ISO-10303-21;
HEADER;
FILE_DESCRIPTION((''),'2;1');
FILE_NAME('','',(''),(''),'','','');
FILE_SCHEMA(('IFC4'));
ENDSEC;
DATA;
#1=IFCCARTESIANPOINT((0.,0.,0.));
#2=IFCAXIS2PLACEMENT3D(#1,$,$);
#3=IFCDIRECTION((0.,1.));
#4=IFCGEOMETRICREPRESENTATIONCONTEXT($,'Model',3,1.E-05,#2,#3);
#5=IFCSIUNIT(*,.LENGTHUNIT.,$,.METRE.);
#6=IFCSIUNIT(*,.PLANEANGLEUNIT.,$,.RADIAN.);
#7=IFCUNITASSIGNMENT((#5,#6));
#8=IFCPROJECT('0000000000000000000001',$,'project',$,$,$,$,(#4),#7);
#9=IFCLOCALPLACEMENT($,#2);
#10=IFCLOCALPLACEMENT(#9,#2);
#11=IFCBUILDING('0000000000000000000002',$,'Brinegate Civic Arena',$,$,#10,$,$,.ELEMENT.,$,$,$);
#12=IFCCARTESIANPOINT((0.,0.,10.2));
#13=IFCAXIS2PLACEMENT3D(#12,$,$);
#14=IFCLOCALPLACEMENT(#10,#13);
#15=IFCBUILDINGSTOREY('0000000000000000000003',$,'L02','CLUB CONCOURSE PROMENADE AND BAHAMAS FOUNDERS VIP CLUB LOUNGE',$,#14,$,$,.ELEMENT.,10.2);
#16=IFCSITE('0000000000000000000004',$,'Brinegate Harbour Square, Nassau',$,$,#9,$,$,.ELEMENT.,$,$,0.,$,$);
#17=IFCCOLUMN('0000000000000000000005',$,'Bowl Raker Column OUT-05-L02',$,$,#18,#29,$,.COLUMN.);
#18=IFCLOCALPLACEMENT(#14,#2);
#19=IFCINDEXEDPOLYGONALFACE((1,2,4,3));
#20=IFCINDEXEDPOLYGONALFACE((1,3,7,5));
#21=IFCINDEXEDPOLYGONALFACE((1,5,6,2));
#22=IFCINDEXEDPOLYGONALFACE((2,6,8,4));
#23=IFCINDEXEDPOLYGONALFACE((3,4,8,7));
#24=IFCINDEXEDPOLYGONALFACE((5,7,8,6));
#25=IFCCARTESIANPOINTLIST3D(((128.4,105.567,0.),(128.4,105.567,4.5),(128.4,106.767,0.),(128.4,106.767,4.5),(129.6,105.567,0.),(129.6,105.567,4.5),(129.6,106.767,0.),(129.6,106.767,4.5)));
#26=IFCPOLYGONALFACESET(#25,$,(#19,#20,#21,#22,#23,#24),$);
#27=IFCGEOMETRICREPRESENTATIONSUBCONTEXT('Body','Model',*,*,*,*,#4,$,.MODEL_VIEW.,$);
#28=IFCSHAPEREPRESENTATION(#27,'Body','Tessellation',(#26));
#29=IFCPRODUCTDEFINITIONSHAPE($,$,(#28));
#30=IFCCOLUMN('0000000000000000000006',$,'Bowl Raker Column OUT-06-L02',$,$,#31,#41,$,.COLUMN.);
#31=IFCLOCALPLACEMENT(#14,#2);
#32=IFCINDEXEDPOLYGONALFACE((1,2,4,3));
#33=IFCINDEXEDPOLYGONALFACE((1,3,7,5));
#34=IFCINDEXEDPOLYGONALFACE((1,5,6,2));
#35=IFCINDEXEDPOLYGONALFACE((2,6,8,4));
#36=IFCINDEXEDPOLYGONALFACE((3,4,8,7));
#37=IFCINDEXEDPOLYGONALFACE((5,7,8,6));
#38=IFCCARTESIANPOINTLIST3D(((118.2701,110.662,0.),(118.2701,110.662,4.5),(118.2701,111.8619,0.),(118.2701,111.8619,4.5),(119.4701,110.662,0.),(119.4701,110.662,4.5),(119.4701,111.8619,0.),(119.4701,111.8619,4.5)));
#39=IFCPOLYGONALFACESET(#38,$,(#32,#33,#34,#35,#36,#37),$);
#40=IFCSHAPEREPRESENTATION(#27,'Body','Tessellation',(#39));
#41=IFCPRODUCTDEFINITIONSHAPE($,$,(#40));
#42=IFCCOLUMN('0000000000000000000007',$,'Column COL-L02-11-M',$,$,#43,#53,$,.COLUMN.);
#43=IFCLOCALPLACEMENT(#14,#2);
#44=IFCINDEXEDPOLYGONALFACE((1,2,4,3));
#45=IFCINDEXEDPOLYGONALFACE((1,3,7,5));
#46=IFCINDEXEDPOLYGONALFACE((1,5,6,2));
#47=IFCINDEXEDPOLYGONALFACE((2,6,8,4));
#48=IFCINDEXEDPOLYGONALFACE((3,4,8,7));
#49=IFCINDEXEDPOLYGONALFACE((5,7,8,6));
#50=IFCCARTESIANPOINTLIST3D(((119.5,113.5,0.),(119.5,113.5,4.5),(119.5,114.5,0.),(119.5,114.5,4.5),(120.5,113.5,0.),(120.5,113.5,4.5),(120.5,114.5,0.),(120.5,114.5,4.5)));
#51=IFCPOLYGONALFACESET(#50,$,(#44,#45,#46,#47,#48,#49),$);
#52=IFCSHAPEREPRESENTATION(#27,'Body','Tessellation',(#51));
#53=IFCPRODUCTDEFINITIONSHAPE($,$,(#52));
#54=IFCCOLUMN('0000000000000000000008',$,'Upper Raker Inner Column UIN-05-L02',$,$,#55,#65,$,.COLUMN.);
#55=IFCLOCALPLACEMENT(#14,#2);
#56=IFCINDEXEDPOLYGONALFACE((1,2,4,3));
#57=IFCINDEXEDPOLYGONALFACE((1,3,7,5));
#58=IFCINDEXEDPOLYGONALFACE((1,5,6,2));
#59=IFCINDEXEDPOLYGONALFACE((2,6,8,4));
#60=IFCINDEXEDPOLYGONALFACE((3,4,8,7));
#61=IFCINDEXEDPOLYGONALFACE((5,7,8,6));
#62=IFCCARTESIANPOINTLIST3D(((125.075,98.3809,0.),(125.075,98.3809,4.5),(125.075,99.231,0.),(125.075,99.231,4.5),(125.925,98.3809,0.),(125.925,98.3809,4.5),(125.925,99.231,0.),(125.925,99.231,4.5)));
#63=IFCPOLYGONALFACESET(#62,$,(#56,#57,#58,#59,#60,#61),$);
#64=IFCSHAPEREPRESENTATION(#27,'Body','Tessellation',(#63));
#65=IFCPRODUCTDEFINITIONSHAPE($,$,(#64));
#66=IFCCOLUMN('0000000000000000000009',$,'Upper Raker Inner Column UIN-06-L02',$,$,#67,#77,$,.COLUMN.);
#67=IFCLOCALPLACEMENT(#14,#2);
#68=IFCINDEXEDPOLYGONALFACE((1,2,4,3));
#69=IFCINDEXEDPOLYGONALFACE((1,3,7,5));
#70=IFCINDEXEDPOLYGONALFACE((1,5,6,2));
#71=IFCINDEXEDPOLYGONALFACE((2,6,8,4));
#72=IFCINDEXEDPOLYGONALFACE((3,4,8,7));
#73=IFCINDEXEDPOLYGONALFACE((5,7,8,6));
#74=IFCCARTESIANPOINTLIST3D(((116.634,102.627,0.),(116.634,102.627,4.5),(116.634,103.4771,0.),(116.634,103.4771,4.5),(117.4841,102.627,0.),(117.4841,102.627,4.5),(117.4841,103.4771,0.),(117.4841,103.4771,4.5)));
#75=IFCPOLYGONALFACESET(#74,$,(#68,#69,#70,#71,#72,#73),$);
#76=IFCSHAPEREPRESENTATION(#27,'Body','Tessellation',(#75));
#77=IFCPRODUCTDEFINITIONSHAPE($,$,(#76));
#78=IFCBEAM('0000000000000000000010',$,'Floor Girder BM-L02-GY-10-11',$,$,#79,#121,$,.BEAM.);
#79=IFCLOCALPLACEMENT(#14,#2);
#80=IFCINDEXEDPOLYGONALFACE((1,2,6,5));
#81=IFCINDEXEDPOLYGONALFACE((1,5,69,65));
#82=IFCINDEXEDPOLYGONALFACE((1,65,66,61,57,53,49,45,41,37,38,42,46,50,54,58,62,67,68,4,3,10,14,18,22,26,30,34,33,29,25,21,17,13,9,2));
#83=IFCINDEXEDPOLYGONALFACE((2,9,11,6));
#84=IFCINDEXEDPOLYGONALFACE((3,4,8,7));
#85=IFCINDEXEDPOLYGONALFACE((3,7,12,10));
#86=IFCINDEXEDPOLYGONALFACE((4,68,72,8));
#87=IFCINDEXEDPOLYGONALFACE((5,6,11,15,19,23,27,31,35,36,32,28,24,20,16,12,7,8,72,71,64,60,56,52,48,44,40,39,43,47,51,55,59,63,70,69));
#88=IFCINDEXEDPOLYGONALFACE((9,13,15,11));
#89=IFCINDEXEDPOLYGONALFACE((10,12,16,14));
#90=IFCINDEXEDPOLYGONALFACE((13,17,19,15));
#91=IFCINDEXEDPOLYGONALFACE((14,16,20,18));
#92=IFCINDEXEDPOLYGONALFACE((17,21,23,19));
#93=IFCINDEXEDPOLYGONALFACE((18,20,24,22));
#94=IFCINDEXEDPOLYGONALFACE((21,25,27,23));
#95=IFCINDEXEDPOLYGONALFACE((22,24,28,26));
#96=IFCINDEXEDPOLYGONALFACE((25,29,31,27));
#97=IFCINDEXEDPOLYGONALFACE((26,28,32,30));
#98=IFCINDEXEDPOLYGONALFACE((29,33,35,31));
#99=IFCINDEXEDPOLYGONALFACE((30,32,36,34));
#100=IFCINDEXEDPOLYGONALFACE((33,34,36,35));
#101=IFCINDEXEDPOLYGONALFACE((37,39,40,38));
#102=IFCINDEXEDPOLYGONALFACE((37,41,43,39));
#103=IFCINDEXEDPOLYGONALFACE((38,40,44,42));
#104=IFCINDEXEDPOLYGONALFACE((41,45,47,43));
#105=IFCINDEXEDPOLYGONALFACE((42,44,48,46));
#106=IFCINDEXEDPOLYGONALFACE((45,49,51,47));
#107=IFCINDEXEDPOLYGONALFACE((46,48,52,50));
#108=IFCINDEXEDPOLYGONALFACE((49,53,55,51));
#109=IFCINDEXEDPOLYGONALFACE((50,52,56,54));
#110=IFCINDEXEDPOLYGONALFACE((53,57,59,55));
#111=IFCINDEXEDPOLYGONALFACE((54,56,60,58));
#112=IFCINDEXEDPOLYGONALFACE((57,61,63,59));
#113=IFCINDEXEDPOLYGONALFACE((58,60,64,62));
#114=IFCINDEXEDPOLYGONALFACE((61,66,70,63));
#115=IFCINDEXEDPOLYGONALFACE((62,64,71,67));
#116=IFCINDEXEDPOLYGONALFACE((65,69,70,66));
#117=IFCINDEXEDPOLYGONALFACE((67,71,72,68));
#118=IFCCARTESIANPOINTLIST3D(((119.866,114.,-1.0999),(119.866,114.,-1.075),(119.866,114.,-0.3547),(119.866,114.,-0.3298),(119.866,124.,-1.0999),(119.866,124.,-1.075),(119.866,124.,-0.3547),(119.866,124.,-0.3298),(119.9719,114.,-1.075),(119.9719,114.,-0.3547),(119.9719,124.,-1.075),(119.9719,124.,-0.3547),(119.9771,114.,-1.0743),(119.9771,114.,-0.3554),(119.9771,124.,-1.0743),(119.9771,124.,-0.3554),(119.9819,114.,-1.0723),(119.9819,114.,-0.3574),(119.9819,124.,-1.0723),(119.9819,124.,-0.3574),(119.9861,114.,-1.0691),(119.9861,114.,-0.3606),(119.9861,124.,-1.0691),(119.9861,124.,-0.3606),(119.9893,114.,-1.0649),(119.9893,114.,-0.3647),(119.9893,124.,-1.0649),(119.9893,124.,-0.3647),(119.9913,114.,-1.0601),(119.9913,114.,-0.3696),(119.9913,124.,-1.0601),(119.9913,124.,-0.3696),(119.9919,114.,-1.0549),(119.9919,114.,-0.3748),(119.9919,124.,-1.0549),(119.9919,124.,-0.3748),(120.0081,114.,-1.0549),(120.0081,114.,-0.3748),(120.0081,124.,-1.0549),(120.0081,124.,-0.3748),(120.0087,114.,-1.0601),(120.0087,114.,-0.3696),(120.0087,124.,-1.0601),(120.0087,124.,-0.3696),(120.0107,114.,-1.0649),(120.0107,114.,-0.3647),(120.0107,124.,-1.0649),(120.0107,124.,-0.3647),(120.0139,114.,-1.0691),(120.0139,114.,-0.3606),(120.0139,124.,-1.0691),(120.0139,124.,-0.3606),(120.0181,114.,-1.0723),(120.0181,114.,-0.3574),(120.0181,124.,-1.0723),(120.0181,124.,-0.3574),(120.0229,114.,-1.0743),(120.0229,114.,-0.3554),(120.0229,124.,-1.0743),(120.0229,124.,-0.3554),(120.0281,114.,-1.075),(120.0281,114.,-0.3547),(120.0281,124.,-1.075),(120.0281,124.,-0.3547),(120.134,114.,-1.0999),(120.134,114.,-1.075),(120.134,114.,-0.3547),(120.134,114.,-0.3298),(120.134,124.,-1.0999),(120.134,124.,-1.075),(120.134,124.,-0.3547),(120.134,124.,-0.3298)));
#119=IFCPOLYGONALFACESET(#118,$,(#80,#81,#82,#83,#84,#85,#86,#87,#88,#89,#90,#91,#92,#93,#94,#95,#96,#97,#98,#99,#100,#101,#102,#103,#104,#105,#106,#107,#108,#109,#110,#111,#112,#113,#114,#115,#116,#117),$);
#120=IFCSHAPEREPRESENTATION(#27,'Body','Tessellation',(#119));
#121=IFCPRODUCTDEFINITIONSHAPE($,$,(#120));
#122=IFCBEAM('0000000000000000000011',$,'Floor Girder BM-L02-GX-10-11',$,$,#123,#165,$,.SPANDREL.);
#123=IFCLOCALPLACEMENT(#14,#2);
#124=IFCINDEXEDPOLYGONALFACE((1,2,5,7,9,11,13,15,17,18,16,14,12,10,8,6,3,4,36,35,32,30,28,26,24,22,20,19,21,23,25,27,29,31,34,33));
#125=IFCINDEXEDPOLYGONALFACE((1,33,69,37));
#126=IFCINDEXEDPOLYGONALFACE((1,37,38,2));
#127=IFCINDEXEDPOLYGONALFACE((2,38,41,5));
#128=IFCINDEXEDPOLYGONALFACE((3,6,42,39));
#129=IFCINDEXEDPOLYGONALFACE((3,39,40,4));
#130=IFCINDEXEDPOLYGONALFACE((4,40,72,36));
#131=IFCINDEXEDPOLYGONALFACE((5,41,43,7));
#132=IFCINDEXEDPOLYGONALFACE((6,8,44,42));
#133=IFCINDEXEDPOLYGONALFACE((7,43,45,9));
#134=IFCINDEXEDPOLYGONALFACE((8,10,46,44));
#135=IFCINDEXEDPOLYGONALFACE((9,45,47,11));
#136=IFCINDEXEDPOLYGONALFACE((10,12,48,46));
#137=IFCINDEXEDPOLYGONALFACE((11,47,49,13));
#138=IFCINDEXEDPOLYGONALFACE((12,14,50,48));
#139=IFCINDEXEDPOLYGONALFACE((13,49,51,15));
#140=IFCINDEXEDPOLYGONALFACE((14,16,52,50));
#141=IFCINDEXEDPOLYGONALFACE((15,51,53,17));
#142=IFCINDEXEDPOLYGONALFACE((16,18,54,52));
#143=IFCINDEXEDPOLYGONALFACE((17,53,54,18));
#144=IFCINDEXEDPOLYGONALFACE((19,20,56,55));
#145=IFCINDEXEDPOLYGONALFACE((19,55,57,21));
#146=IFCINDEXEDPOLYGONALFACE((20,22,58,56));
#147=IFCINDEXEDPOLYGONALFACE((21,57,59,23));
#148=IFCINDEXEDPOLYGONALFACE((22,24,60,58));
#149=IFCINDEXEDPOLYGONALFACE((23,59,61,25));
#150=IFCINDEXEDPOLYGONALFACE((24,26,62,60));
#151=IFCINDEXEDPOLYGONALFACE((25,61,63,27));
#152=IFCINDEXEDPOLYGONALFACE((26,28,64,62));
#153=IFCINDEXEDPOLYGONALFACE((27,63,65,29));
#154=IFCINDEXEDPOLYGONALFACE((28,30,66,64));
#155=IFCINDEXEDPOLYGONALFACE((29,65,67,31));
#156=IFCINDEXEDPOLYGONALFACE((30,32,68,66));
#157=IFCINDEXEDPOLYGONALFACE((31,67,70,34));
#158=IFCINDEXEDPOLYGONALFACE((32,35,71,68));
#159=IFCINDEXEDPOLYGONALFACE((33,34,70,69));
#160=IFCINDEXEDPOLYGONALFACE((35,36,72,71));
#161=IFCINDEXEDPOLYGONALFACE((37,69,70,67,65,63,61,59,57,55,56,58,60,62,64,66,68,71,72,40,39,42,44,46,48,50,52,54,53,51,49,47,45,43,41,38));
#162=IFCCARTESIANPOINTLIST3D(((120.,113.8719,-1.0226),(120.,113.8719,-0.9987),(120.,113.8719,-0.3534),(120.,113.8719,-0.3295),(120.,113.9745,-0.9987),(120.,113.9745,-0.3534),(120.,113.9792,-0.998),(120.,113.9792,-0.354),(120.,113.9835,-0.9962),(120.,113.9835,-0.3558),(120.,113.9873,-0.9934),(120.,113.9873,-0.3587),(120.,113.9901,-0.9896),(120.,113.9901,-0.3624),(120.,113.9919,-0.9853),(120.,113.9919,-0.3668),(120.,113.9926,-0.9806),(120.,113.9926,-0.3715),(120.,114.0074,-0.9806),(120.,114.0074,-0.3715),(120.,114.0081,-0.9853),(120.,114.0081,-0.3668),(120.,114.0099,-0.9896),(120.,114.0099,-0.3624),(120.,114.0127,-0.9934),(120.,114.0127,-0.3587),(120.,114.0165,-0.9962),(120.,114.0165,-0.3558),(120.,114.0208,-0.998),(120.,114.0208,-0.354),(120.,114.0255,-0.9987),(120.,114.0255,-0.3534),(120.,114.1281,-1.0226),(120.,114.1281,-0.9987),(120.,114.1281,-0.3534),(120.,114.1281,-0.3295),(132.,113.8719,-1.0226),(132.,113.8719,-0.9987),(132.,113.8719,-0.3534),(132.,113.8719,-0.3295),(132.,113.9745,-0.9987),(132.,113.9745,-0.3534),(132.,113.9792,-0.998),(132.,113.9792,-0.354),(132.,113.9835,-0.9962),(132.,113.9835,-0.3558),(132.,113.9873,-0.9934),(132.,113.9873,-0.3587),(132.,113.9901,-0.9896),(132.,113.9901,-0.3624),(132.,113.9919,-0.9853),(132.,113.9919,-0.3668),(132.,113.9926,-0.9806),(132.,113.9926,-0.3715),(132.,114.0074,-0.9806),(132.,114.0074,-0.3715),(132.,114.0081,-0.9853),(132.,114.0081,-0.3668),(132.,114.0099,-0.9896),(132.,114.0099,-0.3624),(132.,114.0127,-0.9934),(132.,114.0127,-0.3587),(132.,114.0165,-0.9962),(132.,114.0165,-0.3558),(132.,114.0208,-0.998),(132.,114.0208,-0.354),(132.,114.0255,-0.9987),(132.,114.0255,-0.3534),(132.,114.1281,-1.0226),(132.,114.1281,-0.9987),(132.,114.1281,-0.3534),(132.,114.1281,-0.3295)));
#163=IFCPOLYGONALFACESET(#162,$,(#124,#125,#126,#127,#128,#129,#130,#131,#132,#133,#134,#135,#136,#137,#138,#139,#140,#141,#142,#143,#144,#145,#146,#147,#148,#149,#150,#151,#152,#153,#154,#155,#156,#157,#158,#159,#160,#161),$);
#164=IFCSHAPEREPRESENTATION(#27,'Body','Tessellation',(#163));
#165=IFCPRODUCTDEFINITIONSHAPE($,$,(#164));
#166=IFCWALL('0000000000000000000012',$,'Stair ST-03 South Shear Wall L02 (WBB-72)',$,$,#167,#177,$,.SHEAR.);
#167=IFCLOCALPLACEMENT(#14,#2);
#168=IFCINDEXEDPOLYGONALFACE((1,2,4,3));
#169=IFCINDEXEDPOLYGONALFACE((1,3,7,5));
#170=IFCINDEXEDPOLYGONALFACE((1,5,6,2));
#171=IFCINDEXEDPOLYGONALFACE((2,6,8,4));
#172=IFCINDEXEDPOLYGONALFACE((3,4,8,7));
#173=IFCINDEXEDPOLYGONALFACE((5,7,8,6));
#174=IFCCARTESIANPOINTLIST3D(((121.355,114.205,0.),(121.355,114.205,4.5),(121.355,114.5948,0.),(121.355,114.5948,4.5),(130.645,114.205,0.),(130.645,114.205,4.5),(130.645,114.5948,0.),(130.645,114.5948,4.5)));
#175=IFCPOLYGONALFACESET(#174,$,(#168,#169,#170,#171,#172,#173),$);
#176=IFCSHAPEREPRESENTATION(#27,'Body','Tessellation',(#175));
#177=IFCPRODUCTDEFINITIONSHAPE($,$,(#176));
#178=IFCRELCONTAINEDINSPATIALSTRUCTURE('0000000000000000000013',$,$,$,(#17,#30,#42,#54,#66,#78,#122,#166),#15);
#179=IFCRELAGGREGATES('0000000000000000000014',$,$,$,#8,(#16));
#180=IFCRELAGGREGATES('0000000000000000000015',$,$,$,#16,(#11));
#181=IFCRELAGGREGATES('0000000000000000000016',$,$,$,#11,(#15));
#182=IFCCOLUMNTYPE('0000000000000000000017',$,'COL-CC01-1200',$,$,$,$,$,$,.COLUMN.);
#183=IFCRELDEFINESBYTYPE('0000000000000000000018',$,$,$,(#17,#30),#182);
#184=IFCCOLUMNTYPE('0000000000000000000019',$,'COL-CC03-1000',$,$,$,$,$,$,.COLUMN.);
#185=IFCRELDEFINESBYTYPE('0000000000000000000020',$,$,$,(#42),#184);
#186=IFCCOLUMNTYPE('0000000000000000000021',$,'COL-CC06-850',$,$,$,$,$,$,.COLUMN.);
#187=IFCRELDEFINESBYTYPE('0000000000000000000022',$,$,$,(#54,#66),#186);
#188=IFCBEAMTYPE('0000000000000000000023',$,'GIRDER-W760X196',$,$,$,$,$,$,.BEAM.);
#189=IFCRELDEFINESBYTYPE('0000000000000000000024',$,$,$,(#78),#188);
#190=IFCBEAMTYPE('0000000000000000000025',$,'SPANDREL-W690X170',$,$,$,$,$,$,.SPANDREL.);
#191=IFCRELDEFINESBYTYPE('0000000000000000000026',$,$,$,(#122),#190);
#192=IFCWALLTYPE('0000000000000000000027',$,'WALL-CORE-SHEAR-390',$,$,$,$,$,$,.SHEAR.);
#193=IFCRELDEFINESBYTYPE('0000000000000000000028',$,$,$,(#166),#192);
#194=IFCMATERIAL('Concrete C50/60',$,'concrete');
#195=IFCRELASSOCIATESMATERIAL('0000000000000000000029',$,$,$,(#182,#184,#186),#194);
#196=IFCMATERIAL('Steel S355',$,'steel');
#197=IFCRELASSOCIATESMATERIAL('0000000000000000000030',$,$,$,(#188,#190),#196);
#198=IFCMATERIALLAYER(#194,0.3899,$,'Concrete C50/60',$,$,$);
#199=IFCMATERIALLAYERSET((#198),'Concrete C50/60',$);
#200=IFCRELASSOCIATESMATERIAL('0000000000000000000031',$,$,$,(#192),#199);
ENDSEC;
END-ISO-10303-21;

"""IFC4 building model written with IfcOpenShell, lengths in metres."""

from ifc_helpers import new_model, si_unit, direction, frame, frame_2d, origin, origin_2d, place, context, subcontext, project, spatial, rectangle, i_section, extrude, material, layer, layer_set, material_profile, profile_set, type_object, element, save


model = new_model("IFC4")

# Units and contexts
model_context = context("Model", 3, precision=1e-05, world=origin(), true_north=direction((0.0, 1.0)))
body_context = subcontext(model_context, "Body", "Model", "MODEL_VIEW")
ifc_project = project(units=[si_unit("LENGTHUNIT", "METRE"), si_unit("PLANEANGLEUNIT", "RADIAN")], contexts=[model_context])

# Site, building, storey
site_placement = place(None, origin())
site = spatial("IfcSite", under=ifc_project, at=site_placement, Name="Brinegate Harbour Square, Nassau", CompositionType="ELEMENT", RefElevation=0.0)
building_placement = place(site_placement, origin())
building = spatial("IfcBuilding", under=site, at=building_placement, Name="Brinegate Civic Arena", CompositionType="ELEMENT")
storey_placement = place(building_placement, frame((0.0, 0.0, 10.2)))
storey = spatial("IfcBuildingStorey", under=building, at=storey_placement, Name="L02", Description="CLUB CONCOURSE PROMENADE AND BAHAMAS FOUNDERS VIP CLUB LOUNGE", CompositionType="ELEMENT", Elevation=10.2)

# Columns
ifc_material_1 = material(Name="Concrete C50/60", Category="concrete")
ifc_material_profile_1 = material_profile(ifc_material_1, rectangle(XDim=1.2, YDim=1.2, at=origin_2d()), Name="RC1200X1200")
ifc_profile_set_1 = profile_set([ifc_material_profile_1], Name="Concrete C50/60")
column_type_1 = type_object("IfcColumnType", Name="COL-CC01-1200", PredefinedType="COLUMN", material=ifc_profile_set_1)
for number, where, z_axis, x_axis, name in (
    (1, (129.0, 106.167, 0.0), (0.0, 0.0, 1.0), (1.0, 0.0, 0.0), "Bowl Raker Column OUT-05-L02"),
    (2, (118.8701, 111.262, 0.0), (0.0, 0.0, 1.0), (1.0, 0.0, 0.0), "Bowl Raker Column OUT-06-L02"),
):
    element("IfcColumn", number, at=place(storey_placement, frame(where, z_axis=z_axis, x_axis=x_axis)), inside=storey, type_object=column_type_1, Name=name, PredefinedType="COLUMN", context=body_context, shape_type="SweptSolid", body=[
        extrude(rectangle(XDim=1.2, YDim=1.2, at=origin_2d()), origin(), (0.0, 0.0, 1.0), 4.5),
    ])
ifc_material_profile_2 = material_profile(ifc_material_1, rectangle(XDim=1.0, YDim=1.0, at=origin_2d()), Name="RC1000X1000")
ifc_profile_set_2 = profile_set([ifc_material_profile_2], Name="Concrete C50/60")
column_type_2 = type_object("IfcColumnType", Name="COL-CC03-1000", PredefinedType="COLUMN", material=ifc_profile_set_2)
column_placement = place(storey_placement, frame((120.0, 114.0, 0.0), z_axis=(0.0, 0.0, 1.0), x_axis=(1.0, 0.0, 0.0)))
element("IfcColumn", 3, at=column_placement, inside=storey, type_object=column_type_2, Name="Column COL-L02-11-M", PredefinedType="COLUMN", context=body_context, shape_type="SweptSolid", body=[
    extrude(rectangle(XDim=1.0, YDim=1.0, at=origin_2d()), origin(), (0.0, 0.0, 1.0), 4.5),
])
ifc_material_profile_3 = material_profile(ifc_material_1, rectangle(XDim=0.8501, YDim=0.8501, at=origin_2d()), Name="RC850X850")
ifc_profile_set_3 = profile_set([ifc_material_profile_3], Name="Concrete C50/60")
column_type_3 = type_object("IfcColumnType", Name="COL-CC06-850", PredefinedType="COLUMN", material=ifc_profile_set_3)
for number, where, z_axis, x_axis, name in (
    (4, (125.5, 98.8059, 0.0), (0.0, 0.0, 1.0), (1.0, 0.0, 0.0), "Upper Raker Inner Column UIN-05-L02"),
    (5, (117.0591, 103.052, 0.0), (0.0, 0.0, 1.0), (1.0, 0.0, 0.0), "Upper Raker Inner Column UIN-06-L02"),
):
    element("IfcColumn", number, at=place(storey_placement, frame(where, z_axis=z_axis, x_axis=x_axis)), inside=storey, type_object=column_type_3, Name=name, PredefinedType="COLUMN", context=body_context, shape_type="SweptSolid", body=[
        extrude(rectangle(XDim=0.8501, YDim=0.8501, at=origin_2d()), origin(), (0.0, 0.0, 1.0), 4.5),
    ])

# Beams
ifc_material_2 = material(Name="Steel S355", Category="steel")
ifc_material_profile_4 = material_profile(ifc_material_2, i_section(OverallWidth=0.2681, OverallDepth=0.77, WebThickness=0.0161, FlangeThickness=0.0249, FilletRadius=0.02, at=origin_2d()), Name="W760X196")
ifc_profile_set_4 = profile_set([ifc_material_profile_4], Name="Steel S355")
beam_type_1 = type_object("IfcBeamType", Name="GIRDER-W760X196", PredefinedType="BEAM", material=ifc_profile_set_4)
beam_1_placement = place(storey_placement, frame((120.0, 114.0, -0.7148), z_axis=(0.0, 1.0, 0.0), x_axis=(-1.0, 0.0, 0.0)))
element("IfcBeam", 6, at=beam_1_placement, inside=storey, type_object=beam_type_1, Name="Floor Girder BM-L02-GY-10-11", PredefinedType="BEAM", context=body_context, shape_type="SweptSolid", body=[
    extrude(i_section(OverallWidth=0.2681, OverallDepth=0.77, WebThickness=0.0161, FlangeThickness=0.0249, FilletRadius=0.02, at=origin_2d()), origin(), (0.0, 0.0, 1.0), 10.0),
])
ifc_material_profile_5 = material_profile(ifc_material_2, i_section(OverallWidth=0.2561, OverallDepth=0.6931, WebThickness=0.0149, FlangeThickness=0.0239, FilletRadius=0.0181, at=origin_2d()), Name="W690X170")
ifc_profile_set_5 = profile_set([ifc_material_profile_5], Name="Steel S355")
beam_type_2 = type_object("IfcBeamType", Name="SPANDREL-W690X170", PredefinedType="SPANDREL", material=ifc_profile_set_5)
beam_2_placement = place(storey_placement, frame((120.0, 114.0, -0.676), z_axis=(1.0, 0.0, 0.0), x_axis=(0.0, 1.0, 0.0)))
element("IfcBeam", 7, at=beam_2_placement, inside=storey, type_object=beam_type_2, Name="Floor Girder BM-L02-GX-10-11", PredefinedType="SPANDREL", context=body_context, shape_type="SweptSolid", body=[
    extrude(i_section(OverallWidth=0.2561, OverallDepth=0.6931, WebThickness=0.0149, FlangeThickness=0.0239, FilletRadius=0.0181, at=origin_2d()), origin(), (0.0, 0.0, 1.0), 12.0),
])

# Wall
ifc_layer_1 = layer(ifc_material_1, 0.3899, Name="Concrete C50/60")
ifc_layer_set_1 = layer_set([ifc_layer_1], Name="Concrete C50/60")
wall_type_1 = type_object("IfcWallType", Name="WALL-CORE-SHEAR-390", PredefinedType="SHEAR", material=ifc_layer_set_1)
wall_1_placement = place(storey_placement, frame((121.355, 114.3999, 0.0), z_axis=(0.0, 0.0, 1.0), x_axis=(1.0, 0.0, 0.0)))
element("IfcWall", 8, at=wall_1_placement, inside=storey, type_object=wall_type_1, Name="Stair ST-03 South Shear Wall L02 (WBB-72)", PredefinedType="SHEAR", context=body_context, shape_type="SweptSolid", body=[
    extrude(rectangle(XDim=9.29, YDim=0.3899, at=frame_2d((4.645, 0.0))), origin(), (0.0, 0.0, 1.0), 4.5),
])

save(model, "model.ifc")
